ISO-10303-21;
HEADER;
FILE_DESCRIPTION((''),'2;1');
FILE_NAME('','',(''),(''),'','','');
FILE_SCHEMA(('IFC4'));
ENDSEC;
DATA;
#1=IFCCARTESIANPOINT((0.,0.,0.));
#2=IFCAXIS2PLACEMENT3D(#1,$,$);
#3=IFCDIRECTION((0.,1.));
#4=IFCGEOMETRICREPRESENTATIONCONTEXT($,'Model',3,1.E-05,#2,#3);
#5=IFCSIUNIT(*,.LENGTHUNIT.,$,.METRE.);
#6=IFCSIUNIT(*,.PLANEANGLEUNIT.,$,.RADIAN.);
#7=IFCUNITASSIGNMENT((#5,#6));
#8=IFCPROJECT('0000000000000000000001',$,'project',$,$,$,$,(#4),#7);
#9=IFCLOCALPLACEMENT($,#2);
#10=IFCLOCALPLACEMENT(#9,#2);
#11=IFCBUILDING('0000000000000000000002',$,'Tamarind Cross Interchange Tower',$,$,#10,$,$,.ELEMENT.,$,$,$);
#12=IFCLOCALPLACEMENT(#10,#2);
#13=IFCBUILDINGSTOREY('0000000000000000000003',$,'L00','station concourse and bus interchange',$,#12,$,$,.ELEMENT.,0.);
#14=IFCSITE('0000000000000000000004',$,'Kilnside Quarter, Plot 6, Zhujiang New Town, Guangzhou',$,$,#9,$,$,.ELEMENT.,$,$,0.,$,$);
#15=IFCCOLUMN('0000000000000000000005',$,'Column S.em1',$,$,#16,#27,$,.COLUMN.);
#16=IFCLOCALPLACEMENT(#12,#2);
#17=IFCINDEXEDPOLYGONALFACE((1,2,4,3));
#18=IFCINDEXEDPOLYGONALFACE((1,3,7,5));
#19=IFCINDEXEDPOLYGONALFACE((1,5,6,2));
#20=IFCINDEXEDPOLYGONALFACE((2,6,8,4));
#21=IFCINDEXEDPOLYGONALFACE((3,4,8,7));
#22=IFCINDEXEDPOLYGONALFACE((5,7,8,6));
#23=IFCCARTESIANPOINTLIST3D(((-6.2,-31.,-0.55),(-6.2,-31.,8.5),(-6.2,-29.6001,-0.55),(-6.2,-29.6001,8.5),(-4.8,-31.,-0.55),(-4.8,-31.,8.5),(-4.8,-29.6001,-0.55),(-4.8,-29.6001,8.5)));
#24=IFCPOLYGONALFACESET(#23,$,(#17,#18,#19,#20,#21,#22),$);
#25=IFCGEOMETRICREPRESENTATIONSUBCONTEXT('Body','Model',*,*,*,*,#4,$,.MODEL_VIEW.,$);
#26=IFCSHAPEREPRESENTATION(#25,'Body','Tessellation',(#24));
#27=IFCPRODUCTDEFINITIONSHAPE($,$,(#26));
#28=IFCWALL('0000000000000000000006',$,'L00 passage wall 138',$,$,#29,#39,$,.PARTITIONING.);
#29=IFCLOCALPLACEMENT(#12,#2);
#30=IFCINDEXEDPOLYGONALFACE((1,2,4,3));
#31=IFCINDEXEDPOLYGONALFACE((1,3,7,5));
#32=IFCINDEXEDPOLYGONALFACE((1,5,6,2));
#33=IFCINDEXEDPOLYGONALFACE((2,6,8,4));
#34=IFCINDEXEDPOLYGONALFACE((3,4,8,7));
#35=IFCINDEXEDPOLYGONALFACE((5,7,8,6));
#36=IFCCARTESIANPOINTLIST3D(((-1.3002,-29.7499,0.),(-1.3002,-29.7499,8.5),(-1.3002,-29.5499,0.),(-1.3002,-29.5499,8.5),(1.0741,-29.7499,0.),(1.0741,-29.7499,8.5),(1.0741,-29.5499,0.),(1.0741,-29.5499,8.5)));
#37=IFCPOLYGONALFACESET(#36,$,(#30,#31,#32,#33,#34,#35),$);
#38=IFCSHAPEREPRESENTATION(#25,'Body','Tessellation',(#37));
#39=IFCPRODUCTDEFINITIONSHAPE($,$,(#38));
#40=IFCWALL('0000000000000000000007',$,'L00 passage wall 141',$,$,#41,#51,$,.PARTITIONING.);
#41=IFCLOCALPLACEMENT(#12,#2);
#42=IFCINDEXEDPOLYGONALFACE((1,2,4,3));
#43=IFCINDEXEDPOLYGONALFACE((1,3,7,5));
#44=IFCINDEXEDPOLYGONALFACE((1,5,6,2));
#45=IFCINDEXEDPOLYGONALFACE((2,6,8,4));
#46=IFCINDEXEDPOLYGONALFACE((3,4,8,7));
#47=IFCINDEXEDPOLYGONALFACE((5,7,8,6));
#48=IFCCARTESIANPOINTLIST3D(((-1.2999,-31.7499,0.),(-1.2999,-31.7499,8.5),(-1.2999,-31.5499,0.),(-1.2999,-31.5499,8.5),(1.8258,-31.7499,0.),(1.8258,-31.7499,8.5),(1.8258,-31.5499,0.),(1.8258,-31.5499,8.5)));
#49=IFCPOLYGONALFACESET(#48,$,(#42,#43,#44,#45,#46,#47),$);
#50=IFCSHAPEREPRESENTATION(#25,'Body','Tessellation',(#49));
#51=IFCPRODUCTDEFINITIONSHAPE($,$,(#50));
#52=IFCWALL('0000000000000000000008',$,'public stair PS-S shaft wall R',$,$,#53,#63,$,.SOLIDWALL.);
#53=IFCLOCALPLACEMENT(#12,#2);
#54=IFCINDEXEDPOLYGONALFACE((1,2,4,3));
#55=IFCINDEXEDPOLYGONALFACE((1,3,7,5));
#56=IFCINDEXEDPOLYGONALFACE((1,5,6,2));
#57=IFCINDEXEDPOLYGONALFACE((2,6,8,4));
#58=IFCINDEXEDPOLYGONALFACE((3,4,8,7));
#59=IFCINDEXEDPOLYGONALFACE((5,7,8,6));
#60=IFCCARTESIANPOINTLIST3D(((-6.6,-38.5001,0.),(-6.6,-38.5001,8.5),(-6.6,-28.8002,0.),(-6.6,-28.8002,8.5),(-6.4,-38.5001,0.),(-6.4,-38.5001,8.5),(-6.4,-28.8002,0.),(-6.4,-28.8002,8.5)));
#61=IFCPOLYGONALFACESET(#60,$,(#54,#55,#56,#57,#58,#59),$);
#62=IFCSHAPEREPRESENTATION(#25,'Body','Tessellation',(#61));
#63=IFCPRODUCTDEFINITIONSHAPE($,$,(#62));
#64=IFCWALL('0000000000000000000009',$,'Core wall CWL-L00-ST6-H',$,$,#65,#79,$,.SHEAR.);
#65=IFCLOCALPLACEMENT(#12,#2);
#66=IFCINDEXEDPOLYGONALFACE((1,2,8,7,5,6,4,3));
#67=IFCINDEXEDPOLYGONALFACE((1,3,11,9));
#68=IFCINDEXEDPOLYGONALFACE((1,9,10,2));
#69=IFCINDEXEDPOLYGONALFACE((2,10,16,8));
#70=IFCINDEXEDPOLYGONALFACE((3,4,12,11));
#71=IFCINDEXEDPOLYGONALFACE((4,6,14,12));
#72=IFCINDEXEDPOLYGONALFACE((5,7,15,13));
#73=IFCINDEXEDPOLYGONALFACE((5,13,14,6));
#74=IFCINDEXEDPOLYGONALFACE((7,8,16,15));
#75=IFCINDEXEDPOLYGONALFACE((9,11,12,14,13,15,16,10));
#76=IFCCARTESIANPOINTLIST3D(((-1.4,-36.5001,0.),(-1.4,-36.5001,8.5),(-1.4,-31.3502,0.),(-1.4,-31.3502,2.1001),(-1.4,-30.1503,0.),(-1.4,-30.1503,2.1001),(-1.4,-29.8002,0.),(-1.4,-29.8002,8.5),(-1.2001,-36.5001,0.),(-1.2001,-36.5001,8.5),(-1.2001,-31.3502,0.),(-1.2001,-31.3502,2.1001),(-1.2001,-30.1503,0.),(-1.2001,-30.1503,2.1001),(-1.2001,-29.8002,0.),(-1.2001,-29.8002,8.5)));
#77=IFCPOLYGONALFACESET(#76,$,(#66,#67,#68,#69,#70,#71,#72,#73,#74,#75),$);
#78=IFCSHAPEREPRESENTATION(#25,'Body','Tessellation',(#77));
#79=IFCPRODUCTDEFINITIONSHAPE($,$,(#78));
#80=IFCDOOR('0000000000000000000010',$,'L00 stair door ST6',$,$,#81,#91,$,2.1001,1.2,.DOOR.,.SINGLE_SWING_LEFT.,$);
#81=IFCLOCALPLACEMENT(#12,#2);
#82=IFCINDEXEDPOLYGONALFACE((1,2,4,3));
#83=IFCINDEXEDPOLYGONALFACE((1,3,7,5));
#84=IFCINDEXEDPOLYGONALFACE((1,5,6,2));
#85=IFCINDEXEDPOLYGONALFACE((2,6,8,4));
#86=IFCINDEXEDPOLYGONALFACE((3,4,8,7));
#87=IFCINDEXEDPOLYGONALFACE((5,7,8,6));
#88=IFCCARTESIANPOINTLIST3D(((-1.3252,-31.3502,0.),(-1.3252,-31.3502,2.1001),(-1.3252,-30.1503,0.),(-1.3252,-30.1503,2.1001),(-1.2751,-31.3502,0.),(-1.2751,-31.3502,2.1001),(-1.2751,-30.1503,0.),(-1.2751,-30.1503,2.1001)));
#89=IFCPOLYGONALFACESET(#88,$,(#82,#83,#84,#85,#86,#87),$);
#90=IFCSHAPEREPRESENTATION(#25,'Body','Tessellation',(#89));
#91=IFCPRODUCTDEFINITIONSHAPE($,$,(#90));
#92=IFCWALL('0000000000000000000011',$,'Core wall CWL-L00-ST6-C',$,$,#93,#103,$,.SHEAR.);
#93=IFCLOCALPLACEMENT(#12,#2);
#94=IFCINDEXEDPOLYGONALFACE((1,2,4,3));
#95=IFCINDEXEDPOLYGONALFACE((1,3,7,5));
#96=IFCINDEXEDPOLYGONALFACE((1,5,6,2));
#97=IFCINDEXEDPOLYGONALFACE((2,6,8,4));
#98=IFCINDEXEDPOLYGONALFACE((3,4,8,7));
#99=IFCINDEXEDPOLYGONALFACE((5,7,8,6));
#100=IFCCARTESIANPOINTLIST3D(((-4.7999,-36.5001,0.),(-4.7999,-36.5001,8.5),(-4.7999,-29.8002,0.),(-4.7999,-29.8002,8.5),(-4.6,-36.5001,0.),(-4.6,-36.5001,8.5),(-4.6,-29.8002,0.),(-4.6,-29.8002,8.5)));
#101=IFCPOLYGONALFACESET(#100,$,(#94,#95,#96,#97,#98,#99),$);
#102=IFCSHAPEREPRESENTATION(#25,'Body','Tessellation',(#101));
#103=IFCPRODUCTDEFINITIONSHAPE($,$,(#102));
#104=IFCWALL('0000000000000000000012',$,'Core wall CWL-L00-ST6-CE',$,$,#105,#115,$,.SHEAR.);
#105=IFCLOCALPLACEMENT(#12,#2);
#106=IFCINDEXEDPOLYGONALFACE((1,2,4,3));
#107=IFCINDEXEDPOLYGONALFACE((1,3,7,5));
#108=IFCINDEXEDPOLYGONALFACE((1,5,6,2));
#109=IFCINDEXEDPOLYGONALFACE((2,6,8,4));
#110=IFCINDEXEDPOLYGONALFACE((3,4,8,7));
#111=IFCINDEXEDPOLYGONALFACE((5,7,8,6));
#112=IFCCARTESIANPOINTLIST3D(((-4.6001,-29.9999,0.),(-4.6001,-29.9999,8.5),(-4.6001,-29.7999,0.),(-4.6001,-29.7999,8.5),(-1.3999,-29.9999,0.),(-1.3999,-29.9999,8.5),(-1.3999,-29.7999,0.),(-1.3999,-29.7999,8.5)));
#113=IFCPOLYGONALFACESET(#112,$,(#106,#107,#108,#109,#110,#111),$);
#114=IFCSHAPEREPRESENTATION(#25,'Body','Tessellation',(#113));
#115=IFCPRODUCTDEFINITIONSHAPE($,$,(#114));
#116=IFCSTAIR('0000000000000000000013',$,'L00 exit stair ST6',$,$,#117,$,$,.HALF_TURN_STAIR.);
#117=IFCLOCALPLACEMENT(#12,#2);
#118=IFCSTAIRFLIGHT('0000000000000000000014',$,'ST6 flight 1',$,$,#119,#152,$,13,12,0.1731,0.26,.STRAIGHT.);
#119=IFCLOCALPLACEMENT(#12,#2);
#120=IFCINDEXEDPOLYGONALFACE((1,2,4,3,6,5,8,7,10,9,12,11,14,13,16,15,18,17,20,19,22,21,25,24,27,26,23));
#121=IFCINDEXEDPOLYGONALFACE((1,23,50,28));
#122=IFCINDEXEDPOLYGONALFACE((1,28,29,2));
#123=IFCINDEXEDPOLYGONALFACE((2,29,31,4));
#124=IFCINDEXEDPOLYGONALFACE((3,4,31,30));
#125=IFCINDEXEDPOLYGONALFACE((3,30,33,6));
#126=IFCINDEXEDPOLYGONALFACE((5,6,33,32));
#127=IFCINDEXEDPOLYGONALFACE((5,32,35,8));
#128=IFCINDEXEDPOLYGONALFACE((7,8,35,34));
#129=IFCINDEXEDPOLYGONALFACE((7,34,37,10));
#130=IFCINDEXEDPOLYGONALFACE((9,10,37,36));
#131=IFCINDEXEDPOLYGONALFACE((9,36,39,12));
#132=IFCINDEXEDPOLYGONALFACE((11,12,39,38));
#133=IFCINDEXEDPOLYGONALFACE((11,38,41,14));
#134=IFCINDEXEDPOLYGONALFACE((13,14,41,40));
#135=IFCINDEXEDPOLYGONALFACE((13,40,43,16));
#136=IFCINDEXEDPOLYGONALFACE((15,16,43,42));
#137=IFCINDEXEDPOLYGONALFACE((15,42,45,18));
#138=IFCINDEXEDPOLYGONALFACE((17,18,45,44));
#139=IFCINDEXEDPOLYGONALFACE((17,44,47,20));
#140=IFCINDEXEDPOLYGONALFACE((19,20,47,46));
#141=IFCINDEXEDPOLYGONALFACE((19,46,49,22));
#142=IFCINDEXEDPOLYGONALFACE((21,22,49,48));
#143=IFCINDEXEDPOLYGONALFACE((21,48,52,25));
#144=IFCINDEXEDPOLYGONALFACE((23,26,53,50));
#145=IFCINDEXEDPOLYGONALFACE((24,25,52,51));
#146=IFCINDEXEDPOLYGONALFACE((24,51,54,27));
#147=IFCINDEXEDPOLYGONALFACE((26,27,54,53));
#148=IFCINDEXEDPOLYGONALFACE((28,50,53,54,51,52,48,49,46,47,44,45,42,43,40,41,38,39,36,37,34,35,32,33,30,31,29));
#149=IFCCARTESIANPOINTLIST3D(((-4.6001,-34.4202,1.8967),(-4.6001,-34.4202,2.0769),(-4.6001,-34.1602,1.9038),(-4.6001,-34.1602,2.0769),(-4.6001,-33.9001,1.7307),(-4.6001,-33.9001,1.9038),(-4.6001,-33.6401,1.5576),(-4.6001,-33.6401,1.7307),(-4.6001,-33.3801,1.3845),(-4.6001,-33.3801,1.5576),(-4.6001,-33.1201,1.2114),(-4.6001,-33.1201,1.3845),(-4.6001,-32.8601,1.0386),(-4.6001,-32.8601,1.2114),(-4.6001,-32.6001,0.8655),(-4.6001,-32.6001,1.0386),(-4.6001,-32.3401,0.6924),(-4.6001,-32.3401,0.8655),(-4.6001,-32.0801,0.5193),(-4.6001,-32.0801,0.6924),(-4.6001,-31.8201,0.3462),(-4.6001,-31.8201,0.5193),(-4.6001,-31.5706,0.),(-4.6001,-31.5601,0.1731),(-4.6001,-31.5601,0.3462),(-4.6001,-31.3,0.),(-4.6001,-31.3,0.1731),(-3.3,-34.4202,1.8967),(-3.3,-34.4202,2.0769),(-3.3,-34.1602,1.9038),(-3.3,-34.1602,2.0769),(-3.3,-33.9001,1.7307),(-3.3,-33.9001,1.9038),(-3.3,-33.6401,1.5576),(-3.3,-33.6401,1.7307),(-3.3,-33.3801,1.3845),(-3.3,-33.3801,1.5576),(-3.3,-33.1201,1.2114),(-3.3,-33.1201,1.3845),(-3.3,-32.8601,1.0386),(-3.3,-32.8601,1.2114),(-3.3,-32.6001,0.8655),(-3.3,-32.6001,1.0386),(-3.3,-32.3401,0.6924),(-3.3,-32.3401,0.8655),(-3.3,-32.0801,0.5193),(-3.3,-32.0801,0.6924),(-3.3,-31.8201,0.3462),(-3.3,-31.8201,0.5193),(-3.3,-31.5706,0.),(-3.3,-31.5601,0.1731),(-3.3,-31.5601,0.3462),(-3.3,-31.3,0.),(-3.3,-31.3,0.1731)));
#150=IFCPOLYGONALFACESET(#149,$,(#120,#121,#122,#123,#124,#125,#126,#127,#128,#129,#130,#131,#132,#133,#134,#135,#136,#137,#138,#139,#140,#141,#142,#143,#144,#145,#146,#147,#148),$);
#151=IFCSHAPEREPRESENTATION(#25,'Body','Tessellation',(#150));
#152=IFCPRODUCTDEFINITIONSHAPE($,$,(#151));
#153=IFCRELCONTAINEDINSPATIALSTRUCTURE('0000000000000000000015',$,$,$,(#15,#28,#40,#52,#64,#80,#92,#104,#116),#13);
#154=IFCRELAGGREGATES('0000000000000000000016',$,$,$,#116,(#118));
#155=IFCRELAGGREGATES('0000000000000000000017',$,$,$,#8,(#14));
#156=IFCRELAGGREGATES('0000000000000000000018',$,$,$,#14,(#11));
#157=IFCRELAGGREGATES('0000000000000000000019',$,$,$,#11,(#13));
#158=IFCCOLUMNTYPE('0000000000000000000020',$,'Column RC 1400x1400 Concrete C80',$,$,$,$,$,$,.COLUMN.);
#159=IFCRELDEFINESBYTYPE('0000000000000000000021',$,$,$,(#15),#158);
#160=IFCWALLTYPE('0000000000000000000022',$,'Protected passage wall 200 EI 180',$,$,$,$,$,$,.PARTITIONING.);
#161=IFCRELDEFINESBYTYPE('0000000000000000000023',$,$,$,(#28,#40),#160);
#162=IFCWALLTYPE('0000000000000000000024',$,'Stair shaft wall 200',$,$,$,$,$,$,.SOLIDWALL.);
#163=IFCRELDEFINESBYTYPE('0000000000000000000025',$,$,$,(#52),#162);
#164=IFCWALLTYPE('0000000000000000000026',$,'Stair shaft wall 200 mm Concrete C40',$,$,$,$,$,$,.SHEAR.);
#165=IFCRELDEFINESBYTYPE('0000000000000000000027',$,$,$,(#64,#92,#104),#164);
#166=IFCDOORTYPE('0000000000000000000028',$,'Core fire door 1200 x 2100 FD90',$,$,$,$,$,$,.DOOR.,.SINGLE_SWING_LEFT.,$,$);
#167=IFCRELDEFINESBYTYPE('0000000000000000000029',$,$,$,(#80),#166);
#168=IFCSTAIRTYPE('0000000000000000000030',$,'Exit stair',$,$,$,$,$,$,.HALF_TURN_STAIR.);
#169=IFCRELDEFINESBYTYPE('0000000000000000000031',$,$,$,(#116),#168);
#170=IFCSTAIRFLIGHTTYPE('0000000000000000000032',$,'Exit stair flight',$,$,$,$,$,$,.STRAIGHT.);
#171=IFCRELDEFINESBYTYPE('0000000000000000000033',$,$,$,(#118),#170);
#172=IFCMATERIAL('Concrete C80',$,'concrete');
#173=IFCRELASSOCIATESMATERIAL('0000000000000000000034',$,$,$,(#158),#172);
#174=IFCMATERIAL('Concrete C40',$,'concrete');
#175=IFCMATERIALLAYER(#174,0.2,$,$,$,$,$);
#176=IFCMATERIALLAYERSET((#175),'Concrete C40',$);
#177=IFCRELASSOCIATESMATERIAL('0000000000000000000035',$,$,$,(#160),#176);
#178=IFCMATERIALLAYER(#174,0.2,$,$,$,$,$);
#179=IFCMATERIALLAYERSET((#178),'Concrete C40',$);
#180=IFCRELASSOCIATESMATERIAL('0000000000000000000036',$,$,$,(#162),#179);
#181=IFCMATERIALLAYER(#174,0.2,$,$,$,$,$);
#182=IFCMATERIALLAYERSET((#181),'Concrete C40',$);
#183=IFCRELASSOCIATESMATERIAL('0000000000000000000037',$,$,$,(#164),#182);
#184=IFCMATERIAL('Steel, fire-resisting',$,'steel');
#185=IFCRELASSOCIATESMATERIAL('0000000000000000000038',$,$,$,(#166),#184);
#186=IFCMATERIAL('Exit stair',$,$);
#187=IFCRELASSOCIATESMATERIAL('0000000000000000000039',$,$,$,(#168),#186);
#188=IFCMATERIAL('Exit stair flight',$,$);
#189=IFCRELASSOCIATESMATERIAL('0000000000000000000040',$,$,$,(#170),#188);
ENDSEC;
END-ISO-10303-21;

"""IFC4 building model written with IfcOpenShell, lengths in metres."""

from ifc_helpers import new_model, si_unit, direction, frame, frame_2d, origin, origin_2d, place, context, subcontext, project, spatial, polyline, rectangle, outline, extrude, material, layer, layer_set, material_profile, profile_set, type_object, element, fill, aggregate, save


model = new_model("IFC4")

# Units and contexts
model_context = context("Model", 3, precision=1e-05, world=origin(), true_north=direction((0.0, 1.0)))
body_context = subcontext(model_context, "Body", "Model", "MODEL_VIEW")
ifc_project = project(units=[si_unit("LENGTHUNIT", "METRE"), si_unit("PLANEANGLEUNIT", "RADIAN")], contexts=[model_context])

# Site, building, storey
site_placement = place(None, origin())
site = spatial("IfcSite", under=ifc_project, at=site_placement, Name="Kilnside Quarter, Plot 6, Zhujiang New Town, Guangzhou", CompositionType="ELEMENT", RefElevation=0.0)
building_placement = place(site_placement, origin())
building = spatial("IfcBuilding", under=site, at=building_placement, Name="Tamarind Cross Interchange Tower", CompositionType="ELEMENT")
storey_placement = place(building_placement, origin())
storey = spatial("IfcBuildingStorey", under=building, at=storey_placement, Name="L00", Description="station concourse and bus interchange", CompositionType="ELEMENT", Elevation=0.0)

# Column
ifc_material_1 = material(Name="Concrete C80", Category="concrete")
ifc_material_profile = material_profile(ifc_material_1, rectangle(XDim=1.3999, YDim=1.3999, at=origin_2d()), Name="RC 1400x1400")
ifc_profile_set = profile_set([ifc_material_profile], Name="Concrete C80")
column_type = type_object("IfcColumnType", Name="Column RC 1400x1400 Concrete C80", PredefinedType="COLUMN", material=ifc_profile_set)
column_placement = place(storey_placement, frame((-5.5, -30.3, -0.55), z_axis=(0.0, 0.0, 1.0), x_axis=(1.0, 0.0, 0.0)))
element("IfcColumn", 1, at=column_placement, inside=storey, type_object=column_type, Name="Column S.em1", PredefinedType="COLUMN", context=body_context, shape_type="SweptSolid", body=[
    extrude(rectangle(XDim=1.3999, YDim=1.3999, at=origin_2d()), origin(), (0.0, 0.0, 1.0), 9.05),
])

# Walls
ifc_material_2 = material(Name="Concrete C40", Category="concrete")
ifc_layer_1 = layer(ifc_material_2, 0.2)
ifc_layer_set_1 = layer_set([ifc_layer_1], Name="Concrete C40")
wall_type_1 = type_object("IfcWallType", Name="Protected passage wall 200 EI 180", PredefinedType="PARTITIONING", material=ifc_layer_set_1)
wall_1_placement = place(storey_placement, frame((-1.3, -29.6499, 0.0), z_axis=(0.0, 0.0, 1.0), x_axis=(1.0, 0.0, 0.0)))
element("IfcWall", 2, at=wall_1_placement, inside=storey, type_object=wall_type_1, Name="L00 passage wall 138", PredefinedType="PARTITIONING", context=body_context, shape_type="SweptSolid", body=[
    extrude(rectangle(XDim=2.3743, YDim=0.2, at=frame_2d((1.187, 0.0))), origin(), (0.0, 0.0, 1.0), 8.5),
])
wall_2_placement = place(storey_placement, frame((-1.3, -31.6499, 0.0), z_axis=(0.0, 0.0, 1.0), x_axis=(1.0, 0.0, 0.0)))
element("IfcWall", 3, at=wall_2_placement, inside=storey, type_object=wall_type_1, Name="L00 passage wall 141", PredefinedType="PARTITIONING", context=body_context, shape_type="SweptSolid", body=[
    extrude(rectangle(XDim=3.1257, YDim=0.2, at=frame_2d((1.563, 0.0))), origin(), (0.0, 0.0, 1.0), 8.5),
])
ifc_layer_2 = layer(ifc_material_2, 0.2)
ifc_layer_set_2 = layer_set([ifc_layer_2], Name="Concrete C40")
wall_type_2 = type_object("IfcWallType", Name="Stair shaft wall 200", PredefinedType="SOLIDWALL", material=ifc_layer_set_2)
wall_3_placement = place(storey_placement, frame((-6.5, -28.8, 0.0), z_axis=(0.0, 0.0, 1.0), x_axis=(0.0, -1.0, 0.0)))
element("IfcWall", 4, at=wall_3_placement, inside=storey, type_object=wall_type_2, Name="public stair PS-S shaft wall R", PredefinedType="SOLIDWALL", context=body_context, shape_type="SweptSolid", body=[
    extrude(rectangle(XDim=9.7, YDim=0.2, at=frame_2d((4.8501, 0.0))), origin(), (0.0, 0.0, 1.0), 8.5),
])

# Wall, opening, door
ifc_layer_3 = layer(ifc_material_2, 0.2)
ifc_layer_set_3 = layer_set([ifc_layer_3], Name="Concrete C40")
wall_type_3 = type_object("IfcWallType", Name="Stair shaft wall 200 mm Concrete C40", PredefinedType="SHEAR", material=ifc_layer_set_3)
wall_4_placement = place(storey_placement, frame((-1.3, -29.8, 0.0), z_axis=(0.0, 0.0, 1.0), x_axis=(0.0, -1.0, 0.0)))
wall_4 = element("IfcWall", 5, at=wall_4_placement, inside=storey, type_object=wall_type_3, Name="Core wall CWL-L00-ST6-H", PredefinedType="SHEAR", context=body_context, shape_type="SweptSolid", body=[
    extrude(rectangle(XDim=6.7, YDim=0.2, at=frame_2d((3.3501, 0.0))), origin(), (0.0, 0.0, 1.0), 8.5),
])
opening_placement = place(wall_4_placement, frame((0.3501, 0.0, 0.0)))
opening = element("IfcOpeningElement", 6, at=opening_placement, cuts=wall_4, PredefinedType="OPENING", context=body_context, shape_type="SweptSolid", body=[
    extrude(rectangle(XDim=1.2, YDim=2.1001, at=frame_2d((0.6001, 1.05))), frame((0.0, 0.1099, 0.0), z_axis=(0.0, -1.0, 0.0), x_axis=(1.0, 0.0, 0.0)), (0.0, 0.0, 1.0), 0.22),
])
ifc_material_3 = material(Name="Steel, fire-resisting", Category="steel")
door_type = type_object("IfcDoorType", Name="Core fire door 1200 x 2100 FD90", OperationType="SINGLE_SWING_LEFT", PredefinedType="DOOR", material=ifc_material_3)
door_placement = place(opening_placement, origin())
door = element("IfcDoor", 7, at=door_placement, inside=storey, type_object=door_type, Name="L00 stair door ST6", OperationType="SINGLE_SWING_LEFT", OverallHeight=2.1001, OverallWidth=1.2, PredefinedType="DOOR", context=body_context, shape_type="SweptSolid", body=[
    extrude(rectangle(XDim=1.2, YDim=2.1001, at=frame_2d((0.6001, 1.05))), frame((0.0, 0.0249, 0.0), z_axis=(0.0, -1.0, 0.0), x_axis=(1.0, 0.0, 0.0)), (0.0, 0.0, 1.0), 0.05),
])
fill(opening, door)

# Walls
wall_5_placement = place(storey_placement, frame((-4.7, -29.8, 0.0), z_axis=(0.0, 0.0, 1.0), x_axis=(0.0, -1.0, 0.0)))
element("IfcWall", 8, at=wall_5_placement, inside=storey, type_object=wall_type_3, Name="Core wall CWL-L00-ST6-C", PredefinedType="SHEAR", context=body_context, shape_type="SweptSolid", body=[
    extrude(rectangle(XDim=6.7, YDim=0.2, at=frame_2d((3.3501, 0.0))), origin(), (0.0, 0.0, 1.0), 8.5),
])
wall_6_placement = place(storey_placement, frame((-4.6001, -29.8999, 0.0), z_axis=(0.0, 0.0, 1.0), x_axis=(1.0, 0.0, 0.0)))
element("IfcWall", 9, at=wall_6_placement, inside=storey, type_object=wall_type_3, Name="Core wall CWL-L00-ST6-CE", PredefinedType="SHEAR", context=body_context, shape_type="SweptSolid", body=[
    extrude(rectangle(XDim=3.2002, YDim=0.2, at=frame_2d((1.6001, 0.0))), origin(), (0.0, 0.0, 1.0), 8.5),
])

# Stair, stair flight
ifc_material_4 = material(Name="Exit stair")
stair_type = type_object("IfcStairType", Name="Exit stair", PredefinedType="HALF_TURN_STAIR", material=ifc_material_4)
stair_placement = place(storey_placement, origin())
stair = element("IfcStair", 10, at=stair_placement, inside=storey, type_object=stair_type, Name="L00 exit stair ST6", PredefinedType="HALF_TURN_STAIR")
ifc_material_5 = material(Name="Exit stair flight")
stair_flight_type = type_object("IfcStairFlightType", Name="Exit stair flight", PredefinedType="STRAIGHT", material=ifc_material_5)
stair_flight_1_placement = place(storey_placement, frame((-3.95, -31.3, 0.0), z_axis=(0.0, 0.0, 1.0), x_axis=(0.0, -1.0, 0.0)))
stair_flight_1 = element("IfcStairFlight", 11, at=stair_flight_1_placement, type_object=stair_flight_type, Name="ST6 flight 1", NumberOfRisers=13, NumberOfTreads=12, PredefinedType="STRAIGHT", RiserHeight=0.1731, TreadLength=0.26, context=body_context, shape_type="SweptSolid", body=[
    extrude(outline(polyline([(0.0, 0.0), (0.0, 0.1731), (0.26, 0.1731), (0.26, 0.3462), (0.52, 0.3462), (0.52, 0.5193), (0.78, 0.5193), (0.78, 0.6924), (1.04, 0.6924), (1.04, 0.8655), (1.3, 0.8655), (1.3, 1.0386), (1.5601, 1.0386), (1.5601, 1.2114), (1.8201, 1.2114), (1.8201, 1.3845), (2.0801, 1.3845), (2.0801, 1.5576), (2.3401, 1.5576), (2.3401, 1.7307), (2.6001, 1.7307), (2.6001, 1.9038), (2.8601, 1.9038), (2.8601, 2.0769), (3.1201, 2.0769), (3.1201, 2.25), (3.1201, 1.8967), (0.2705, 0.0), (0.0, 0.0)])), frame((0.0, 0.6499, 0.0), z_axis=(0.0, -1.0, 0.0), x_axis=(1.0, 0.0, 0.0)), (0.0, 0.0, 1.0), 1.3),
])
aggregate(stair, [stair_flight_1])

save(model, "model.ifc")
